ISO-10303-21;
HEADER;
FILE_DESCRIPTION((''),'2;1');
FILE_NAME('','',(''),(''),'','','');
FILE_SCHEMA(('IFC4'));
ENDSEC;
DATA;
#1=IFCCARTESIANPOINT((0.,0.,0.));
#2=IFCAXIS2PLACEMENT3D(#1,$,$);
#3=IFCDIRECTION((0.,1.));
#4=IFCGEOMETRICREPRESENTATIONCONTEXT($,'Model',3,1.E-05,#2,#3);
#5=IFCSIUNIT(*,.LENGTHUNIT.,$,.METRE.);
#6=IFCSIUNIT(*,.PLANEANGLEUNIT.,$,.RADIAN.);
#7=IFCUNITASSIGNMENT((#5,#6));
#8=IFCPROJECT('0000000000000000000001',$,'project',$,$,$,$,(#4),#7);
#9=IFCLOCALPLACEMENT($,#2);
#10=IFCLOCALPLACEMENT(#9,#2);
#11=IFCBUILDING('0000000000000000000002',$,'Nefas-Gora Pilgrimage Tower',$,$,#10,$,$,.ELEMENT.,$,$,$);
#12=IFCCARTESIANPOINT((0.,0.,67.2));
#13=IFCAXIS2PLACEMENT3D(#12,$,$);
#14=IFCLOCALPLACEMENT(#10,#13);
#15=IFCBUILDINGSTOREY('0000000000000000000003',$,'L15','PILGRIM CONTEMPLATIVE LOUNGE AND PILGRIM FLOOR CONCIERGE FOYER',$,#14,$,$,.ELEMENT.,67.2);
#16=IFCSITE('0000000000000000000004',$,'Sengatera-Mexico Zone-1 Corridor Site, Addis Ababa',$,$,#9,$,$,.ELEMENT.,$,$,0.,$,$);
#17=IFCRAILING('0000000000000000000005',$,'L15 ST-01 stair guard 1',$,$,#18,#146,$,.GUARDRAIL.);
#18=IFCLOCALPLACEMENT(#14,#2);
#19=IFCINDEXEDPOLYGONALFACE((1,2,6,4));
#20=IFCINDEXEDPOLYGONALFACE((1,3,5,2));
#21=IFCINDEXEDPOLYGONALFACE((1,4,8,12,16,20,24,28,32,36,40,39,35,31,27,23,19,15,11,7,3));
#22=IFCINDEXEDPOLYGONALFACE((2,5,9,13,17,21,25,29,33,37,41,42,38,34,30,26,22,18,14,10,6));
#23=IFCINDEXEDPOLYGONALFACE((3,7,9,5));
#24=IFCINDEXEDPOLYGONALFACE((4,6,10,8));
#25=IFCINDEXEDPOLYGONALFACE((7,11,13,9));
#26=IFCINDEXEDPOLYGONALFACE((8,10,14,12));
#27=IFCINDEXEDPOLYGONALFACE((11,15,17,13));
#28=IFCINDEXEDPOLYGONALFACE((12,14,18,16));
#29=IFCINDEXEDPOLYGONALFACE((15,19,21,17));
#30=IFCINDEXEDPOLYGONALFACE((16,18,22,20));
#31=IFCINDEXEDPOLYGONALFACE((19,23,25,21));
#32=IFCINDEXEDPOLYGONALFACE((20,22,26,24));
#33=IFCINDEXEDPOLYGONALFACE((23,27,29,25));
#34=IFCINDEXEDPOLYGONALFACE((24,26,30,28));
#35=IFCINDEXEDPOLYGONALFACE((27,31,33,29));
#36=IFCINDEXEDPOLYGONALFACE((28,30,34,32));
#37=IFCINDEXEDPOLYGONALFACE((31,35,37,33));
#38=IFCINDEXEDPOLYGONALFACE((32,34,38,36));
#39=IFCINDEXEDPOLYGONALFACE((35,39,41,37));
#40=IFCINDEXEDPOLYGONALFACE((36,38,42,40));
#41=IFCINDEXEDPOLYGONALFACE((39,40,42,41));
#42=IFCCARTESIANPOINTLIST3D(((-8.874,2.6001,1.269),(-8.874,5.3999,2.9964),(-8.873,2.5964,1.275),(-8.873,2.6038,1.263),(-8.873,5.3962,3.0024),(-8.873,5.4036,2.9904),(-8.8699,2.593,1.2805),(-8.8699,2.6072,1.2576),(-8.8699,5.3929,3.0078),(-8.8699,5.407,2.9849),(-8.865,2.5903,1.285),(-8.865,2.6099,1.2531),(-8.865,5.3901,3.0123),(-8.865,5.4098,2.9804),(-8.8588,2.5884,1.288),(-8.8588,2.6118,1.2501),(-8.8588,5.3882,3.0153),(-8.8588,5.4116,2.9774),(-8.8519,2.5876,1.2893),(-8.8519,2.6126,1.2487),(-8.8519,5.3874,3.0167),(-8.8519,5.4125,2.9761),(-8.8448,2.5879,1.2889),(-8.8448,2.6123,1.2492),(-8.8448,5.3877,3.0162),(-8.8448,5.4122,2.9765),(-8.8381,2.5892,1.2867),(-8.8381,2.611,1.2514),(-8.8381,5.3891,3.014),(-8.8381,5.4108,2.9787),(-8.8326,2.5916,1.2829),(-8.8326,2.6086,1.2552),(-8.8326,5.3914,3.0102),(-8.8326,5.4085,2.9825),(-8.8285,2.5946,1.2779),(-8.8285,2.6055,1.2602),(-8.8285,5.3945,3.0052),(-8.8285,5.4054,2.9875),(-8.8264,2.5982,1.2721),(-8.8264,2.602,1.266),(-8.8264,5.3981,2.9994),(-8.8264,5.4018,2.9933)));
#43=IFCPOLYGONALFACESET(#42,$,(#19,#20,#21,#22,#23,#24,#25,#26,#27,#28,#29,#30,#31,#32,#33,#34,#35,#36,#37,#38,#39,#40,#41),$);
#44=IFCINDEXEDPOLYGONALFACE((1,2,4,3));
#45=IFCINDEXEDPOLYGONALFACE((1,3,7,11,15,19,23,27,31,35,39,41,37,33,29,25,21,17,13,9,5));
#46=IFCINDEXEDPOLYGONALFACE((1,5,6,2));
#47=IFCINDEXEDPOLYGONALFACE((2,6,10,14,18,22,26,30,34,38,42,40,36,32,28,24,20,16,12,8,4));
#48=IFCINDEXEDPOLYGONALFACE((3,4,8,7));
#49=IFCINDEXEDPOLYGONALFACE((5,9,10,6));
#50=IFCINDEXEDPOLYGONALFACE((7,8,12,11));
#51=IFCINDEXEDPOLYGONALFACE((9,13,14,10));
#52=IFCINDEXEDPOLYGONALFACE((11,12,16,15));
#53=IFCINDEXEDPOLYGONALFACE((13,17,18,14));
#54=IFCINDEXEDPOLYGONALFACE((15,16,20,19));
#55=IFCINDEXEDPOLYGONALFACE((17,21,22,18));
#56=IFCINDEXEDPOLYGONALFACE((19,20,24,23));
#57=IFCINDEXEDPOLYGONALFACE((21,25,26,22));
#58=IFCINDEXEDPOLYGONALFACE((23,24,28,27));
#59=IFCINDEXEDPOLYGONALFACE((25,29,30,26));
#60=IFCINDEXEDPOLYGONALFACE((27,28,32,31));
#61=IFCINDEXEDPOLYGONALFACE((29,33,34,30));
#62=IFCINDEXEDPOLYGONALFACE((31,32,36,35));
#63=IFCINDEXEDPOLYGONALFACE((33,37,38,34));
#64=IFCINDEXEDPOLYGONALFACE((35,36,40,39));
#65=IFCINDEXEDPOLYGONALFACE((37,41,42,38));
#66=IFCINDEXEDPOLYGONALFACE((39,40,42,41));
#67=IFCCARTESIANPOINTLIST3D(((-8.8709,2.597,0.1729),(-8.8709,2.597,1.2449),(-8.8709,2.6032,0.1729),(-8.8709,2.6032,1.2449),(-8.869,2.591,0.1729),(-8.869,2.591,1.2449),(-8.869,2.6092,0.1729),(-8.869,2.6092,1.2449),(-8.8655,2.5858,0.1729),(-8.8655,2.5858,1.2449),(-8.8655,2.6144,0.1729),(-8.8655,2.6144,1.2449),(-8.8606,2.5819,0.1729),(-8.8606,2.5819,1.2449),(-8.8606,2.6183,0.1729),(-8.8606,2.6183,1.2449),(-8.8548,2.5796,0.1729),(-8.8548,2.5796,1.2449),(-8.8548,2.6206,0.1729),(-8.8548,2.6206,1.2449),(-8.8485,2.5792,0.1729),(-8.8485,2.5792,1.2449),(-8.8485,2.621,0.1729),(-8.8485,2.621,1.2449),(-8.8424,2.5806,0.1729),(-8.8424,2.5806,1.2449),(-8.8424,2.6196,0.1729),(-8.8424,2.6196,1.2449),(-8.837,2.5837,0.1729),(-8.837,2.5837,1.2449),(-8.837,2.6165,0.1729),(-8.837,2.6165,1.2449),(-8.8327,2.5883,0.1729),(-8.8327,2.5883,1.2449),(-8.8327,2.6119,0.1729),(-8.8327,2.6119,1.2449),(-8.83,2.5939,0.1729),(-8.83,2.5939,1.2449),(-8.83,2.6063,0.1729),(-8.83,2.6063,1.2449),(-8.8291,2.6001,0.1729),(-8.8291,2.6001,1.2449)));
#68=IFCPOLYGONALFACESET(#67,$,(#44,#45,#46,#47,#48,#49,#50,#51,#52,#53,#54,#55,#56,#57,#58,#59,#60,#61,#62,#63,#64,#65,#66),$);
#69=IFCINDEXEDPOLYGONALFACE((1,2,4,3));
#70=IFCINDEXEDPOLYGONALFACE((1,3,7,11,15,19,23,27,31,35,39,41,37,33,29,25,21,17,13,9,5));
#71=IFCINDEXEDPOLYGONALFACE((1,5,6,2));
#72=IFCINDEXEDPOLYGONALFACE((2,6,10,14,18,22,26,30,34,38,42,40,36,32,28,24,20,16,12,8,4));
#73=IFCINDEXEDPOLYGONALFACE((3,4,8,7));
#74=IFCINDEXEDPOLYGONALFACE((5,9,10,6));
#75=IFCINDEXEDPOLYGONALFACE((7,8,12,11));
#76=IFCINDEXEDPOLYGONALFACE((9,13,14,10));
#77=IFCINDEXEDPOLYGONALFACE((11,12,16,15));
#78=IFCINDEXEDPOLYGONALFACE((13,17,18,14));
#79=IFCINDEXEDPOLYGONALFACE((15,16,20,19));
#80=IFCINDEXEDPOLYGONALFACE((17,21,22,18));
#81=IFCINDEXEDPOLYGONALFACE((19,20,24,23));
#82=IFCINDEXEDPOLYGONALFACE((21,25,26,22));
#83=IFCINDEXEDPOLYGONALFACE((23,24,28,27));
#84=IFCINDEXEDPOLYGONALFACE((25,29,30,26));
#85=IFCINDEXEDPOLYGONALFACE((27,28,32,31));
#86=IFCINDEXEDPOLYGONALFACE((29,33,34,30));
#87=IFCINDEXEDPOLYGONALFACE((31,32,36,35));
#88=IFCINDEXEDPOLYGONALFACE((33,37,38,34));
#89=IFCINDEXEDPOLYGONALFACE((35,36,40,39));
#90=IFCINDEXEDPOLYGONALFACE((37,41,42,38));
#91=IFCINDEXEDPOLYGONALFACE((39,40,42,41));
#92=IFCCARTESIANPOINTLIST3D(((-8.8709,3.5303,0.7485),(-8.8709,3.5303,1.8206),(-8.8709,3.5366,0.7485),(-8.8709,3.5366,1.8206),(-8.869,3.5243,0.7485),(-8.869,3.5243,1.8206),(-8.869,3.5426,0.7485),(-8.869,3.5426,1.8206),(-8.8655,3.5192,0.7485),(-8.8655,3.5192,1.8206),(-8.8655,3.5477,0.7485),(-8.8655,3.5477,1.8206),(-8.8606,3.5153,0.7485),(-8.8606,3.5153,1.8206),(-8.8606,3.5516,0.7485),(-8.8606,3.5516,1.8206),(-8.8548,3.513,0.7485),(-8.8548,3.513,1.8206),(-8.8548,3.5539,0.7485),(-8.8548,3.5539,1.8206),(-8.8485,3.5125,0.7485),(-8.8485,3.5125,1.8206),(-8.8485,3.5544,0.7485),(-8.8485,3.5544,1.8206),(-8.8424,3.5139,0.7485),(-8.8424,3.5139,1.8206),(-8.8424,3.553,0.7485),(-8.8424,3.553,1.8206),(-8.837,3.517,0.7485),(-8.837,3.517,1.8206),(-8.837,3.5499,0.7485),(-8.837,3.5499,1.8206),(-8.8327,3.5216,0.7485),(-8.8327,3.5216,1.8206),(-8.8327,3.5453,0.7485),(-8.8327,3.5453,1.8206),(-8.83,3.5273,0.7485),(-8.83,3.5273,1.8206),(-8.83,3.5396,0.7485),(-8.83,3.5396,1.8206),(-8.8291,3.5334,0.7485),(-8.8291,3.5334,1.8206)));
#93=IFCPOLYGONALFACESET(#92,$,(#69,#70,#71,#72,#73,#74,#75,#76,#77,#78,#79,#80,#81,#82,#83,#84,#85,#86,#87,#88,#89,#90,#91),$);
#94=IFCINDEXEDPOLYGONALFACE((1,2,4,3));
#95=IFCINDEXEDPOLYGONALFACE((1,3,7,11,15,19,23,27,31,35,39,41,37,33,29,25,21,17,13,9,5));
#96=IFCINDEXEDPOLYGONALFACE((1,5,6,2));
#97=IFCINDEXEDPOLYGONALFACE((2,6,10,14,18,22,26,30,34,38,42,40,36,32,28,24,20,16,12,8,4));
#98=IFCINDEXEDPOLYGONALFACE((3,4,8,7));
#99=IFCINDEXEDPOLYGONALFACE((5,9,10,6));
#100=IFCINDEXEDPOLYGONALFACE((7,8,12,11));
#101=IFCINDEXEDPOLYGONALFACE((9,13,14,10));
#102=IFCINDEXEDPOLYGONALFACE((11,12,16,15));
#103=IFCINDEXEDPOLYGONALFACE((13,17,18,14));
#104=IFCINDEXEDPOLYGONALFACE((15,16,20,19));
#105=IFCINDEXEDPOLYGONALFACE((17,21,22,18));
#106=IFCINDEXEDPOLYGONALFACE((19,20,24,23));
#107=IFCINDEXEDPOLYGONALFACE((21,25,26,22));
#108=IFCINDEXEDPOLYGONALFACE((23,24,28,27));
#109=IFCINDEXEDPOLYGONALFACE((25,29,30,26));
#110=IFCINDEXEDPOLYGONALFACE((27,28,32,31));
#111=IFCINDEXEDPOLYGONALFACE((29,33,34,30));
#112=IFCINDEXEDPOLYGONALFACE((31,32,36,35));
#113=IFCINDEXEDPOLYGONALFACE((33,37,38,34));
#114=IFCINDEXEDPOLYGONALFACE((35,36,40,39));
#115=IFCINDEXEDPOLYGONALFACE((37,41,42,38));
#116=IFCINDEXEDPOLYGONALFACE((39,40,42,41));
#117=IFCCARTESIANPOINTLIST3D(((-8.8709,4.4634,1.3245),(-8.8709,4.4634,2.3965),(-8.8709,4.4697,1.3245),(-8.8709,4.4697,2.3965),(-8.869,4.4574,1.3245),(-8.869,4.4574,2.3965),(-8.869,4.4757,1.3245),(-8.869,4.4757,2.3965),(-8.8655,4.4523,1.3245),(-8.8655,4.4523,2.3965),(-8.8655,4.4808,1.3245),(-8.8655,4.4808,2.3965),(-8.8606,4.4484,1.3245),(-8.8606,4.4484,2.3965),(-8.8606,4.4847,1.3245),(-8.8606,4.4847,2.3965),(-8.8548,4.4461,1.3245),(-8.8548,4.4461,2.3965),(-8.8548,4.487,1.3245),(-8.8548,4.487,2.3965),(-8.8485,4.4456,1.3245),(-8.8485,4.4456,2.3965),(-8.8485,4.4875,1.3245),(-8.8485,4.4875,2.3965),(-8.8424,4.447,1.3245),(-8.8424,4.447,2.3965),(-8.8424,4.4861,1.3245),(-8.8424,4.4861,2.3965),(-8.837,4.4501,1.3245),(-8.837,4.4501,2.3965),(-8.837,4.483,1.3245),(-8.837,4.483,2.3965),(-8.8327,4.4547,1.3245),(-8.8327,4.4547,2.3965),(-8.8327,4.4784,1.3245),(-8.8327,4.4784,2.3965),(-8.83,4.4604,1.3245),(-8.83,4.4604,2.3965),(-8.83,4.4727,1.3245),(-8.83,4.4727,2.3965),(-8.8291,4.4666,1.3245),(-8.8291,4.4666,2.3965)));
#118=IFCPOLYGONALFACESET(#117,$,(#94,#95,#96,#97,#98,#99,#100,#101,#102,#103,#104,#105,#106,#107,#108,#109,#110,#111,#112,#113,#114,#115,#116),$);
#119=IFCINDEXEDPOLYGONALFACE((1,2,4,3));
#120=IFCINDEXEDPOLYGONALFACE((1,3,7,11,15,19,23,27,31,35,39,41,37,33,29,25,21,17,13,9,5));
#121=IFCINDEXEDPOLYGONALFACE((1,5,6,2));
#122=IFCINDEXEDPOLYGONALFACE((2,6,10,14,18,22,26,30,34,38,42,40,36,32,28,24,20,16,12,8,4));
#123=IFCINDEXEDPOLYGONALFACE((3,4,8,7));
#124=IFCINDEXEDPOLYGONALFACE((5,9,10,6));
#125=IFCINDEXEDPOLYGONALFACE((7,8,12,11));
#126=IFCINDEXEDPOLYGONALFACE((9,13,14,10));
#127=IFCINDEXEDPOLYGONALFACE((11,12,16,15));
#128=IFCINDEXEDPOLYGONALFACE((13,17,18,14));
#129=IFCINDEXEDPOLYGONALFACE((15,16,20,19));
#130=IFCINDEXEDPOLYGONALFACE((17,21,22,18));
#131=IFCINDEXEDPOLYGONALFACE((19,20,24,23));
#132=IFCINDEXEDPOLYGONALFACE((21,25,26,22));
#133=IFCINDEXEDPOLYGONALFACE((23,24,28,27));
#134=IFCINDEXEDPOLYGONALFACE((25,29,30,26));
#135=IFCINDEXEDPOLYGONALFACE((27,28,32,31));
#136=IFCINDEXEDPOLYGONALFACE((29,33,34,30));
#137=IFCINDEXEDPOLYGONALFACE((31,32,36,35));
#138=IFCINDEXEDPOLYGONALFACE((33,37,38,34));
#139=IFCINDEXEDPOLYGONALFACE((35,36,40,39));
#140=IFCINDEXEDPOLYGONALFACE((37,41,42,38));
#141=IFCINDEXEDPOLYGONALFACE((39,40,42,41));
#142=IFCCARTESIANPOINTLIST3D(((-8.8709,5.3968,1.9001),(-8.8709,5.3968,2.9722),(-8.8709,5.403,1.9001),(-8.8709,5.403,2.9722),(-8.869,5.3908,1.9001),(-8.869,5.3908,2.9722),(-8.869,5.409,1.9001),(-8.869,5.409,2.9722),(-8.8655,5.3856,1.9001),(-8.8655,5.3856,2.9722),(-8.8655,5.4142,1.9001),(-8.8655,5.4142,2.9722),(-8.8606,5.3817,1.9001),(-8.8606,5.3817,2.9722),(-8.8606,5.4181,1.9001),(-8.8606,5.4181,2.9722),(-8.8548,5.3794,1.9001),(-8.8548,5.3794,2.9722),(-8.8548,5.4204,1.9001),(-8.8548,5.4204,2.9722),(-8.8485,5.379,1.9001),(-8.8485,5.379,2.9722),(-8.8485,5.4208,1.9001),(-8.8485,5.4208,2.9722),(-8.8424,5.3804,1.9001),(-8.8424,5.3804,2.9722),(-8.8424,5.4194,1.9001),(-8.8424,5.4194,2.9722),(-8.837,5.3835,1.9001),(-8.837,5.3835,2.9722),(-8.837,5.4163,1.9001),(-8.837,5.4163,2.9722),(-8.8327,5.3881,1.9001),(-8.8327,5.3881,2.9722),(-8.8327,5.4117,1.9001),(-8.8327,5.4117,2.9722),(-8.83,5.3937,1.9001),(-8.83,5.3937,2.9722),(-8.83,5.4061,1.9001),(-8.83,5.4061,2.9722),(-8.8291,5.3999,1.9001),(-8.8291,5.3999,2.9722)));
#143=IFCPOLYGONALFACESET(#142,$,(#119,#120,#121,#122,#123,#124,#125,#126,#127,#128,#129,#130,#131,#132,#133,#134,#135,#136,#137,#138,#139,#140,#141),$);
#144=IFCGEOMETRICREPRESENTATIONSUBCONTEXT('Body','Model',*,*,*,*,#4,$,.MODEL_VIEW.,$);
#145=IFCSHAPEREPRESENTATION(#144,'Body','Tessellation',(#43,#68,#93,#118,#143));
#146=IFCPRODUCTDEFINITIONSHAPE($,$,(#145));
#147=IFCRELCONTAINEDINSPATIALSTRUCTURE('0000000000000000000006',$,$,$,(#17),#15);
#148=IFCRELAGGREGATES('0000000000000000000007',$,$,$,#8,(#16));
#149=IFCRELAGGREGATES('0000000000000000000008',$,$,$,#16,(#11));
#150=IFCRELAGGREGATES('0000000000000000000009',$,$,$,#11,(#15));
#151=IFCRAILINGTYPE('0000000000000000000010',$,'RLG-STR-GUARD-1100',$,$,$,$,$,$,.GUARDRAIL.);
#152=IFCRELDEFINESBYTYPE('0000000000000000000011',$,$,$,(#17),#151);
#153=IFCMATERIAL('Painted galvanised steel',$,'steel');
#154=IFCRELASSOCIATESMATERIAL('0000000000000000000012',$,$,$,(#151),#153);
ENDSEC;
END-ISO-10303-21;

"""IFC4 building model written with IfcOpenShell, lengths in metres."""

from ifc_helpers import new_model, si_unit, direction, frame, origin, origin_2d, place, context, subcontext, project, spatial, circle, extrude, material, type_object, element, save


model = new_model("IFC4")

# Units and contexts
model_context = context("Model", 3, precision=1e-05, world=origin(), true_north=direction((0.0, 1.0)))
body_context = subcontext(model_context, "Body", "Model", "MODEL_VIEW")
ifc_project = project(units=[si_unit("LENGTHUNIT", "METRE"), si_unit("PLANEANGLEUNIT", "RADIAN")], contexts=[model_context])

# Site, building, storey
site_placement = place(None, origin())
site = spatial("IfcSite", under=ifc_project, at=site_placement, Name="Sengatera-Mexico Zone-1 Corridor Site, Addis Ababa", CompositionType="ELEMENT", RefElevation=0.0)
building_placement = place(site_placement, origin())
building = spatial("IfcBuilding", under=site, at=building_placement, Name="Nefas-Gora Pilgrimage Tower", CompositionType="ELEMENT")
storey_placement = place(building_placement, frame((0.0, 0.0, 67.2)))
storey = spatial("IfcBuildingStorey", under=building, at=storey_placement, Name="L15", Description="PILGRIM CONTEMPLATIVE LOUNGE AND PILGRIM FLOOR CONCIERGE FOYER", CompositionType="ELEMENT", Elevation=67.2)

# Railing
ifc_material_1 = material(Name="Painted galvanised steel", Category="steel")
railing_type_1 = type_object("IfcRailingType", Name="RLG-STR-GUARD-1100", PredefinedType="GUARDRAIL", material=ifc_material_1)
railing_1_placement = place(storey_placement, frame((-8.8501, 2.6001, 0.1729)))
element("IfcRailing", 1, at=railing_1_placement, inside=storey, type_object=railing_type_1, Name="L15 ST-01 stair guard 1", PredefinedType="GUARDRAIL", context=body_context, shape_type="SweptSolid", body=[
    extrude(circle(Radius=0.0239, at=origin_2d()), frame((0.0, 0.0, 1.0962), z_axis=(0.0, 0.851069, 0.525054), x_axis=(-1.0, 0.0, 0.0)), (0.0, 0.0, 1.0), 3.2898),
    extrude(circle(Radius=0.021, at=origin_2d()), origin(), (0.0, 0.0, 1.0), 1.072),
    extrude(circle(Radius=0.021, at=origin_2d()), frame((0.0, 0.9333, 0.5757)), (0.0, 0.0, 1.0), 1.072),
    extrude(circle(Radius=0.021, at=origin_2d()), frame((0.0, 1.8665, 1.1516)), (0.0, 0.0, 1.0), 1.072),
    extrude(circle(Radius=0.021, at=origin_2d()), frame((0.0, 2.7998, 1.7273)), (0.0, 0.0, 1.0), 1.072),
])

save(model, "model.ifc")
